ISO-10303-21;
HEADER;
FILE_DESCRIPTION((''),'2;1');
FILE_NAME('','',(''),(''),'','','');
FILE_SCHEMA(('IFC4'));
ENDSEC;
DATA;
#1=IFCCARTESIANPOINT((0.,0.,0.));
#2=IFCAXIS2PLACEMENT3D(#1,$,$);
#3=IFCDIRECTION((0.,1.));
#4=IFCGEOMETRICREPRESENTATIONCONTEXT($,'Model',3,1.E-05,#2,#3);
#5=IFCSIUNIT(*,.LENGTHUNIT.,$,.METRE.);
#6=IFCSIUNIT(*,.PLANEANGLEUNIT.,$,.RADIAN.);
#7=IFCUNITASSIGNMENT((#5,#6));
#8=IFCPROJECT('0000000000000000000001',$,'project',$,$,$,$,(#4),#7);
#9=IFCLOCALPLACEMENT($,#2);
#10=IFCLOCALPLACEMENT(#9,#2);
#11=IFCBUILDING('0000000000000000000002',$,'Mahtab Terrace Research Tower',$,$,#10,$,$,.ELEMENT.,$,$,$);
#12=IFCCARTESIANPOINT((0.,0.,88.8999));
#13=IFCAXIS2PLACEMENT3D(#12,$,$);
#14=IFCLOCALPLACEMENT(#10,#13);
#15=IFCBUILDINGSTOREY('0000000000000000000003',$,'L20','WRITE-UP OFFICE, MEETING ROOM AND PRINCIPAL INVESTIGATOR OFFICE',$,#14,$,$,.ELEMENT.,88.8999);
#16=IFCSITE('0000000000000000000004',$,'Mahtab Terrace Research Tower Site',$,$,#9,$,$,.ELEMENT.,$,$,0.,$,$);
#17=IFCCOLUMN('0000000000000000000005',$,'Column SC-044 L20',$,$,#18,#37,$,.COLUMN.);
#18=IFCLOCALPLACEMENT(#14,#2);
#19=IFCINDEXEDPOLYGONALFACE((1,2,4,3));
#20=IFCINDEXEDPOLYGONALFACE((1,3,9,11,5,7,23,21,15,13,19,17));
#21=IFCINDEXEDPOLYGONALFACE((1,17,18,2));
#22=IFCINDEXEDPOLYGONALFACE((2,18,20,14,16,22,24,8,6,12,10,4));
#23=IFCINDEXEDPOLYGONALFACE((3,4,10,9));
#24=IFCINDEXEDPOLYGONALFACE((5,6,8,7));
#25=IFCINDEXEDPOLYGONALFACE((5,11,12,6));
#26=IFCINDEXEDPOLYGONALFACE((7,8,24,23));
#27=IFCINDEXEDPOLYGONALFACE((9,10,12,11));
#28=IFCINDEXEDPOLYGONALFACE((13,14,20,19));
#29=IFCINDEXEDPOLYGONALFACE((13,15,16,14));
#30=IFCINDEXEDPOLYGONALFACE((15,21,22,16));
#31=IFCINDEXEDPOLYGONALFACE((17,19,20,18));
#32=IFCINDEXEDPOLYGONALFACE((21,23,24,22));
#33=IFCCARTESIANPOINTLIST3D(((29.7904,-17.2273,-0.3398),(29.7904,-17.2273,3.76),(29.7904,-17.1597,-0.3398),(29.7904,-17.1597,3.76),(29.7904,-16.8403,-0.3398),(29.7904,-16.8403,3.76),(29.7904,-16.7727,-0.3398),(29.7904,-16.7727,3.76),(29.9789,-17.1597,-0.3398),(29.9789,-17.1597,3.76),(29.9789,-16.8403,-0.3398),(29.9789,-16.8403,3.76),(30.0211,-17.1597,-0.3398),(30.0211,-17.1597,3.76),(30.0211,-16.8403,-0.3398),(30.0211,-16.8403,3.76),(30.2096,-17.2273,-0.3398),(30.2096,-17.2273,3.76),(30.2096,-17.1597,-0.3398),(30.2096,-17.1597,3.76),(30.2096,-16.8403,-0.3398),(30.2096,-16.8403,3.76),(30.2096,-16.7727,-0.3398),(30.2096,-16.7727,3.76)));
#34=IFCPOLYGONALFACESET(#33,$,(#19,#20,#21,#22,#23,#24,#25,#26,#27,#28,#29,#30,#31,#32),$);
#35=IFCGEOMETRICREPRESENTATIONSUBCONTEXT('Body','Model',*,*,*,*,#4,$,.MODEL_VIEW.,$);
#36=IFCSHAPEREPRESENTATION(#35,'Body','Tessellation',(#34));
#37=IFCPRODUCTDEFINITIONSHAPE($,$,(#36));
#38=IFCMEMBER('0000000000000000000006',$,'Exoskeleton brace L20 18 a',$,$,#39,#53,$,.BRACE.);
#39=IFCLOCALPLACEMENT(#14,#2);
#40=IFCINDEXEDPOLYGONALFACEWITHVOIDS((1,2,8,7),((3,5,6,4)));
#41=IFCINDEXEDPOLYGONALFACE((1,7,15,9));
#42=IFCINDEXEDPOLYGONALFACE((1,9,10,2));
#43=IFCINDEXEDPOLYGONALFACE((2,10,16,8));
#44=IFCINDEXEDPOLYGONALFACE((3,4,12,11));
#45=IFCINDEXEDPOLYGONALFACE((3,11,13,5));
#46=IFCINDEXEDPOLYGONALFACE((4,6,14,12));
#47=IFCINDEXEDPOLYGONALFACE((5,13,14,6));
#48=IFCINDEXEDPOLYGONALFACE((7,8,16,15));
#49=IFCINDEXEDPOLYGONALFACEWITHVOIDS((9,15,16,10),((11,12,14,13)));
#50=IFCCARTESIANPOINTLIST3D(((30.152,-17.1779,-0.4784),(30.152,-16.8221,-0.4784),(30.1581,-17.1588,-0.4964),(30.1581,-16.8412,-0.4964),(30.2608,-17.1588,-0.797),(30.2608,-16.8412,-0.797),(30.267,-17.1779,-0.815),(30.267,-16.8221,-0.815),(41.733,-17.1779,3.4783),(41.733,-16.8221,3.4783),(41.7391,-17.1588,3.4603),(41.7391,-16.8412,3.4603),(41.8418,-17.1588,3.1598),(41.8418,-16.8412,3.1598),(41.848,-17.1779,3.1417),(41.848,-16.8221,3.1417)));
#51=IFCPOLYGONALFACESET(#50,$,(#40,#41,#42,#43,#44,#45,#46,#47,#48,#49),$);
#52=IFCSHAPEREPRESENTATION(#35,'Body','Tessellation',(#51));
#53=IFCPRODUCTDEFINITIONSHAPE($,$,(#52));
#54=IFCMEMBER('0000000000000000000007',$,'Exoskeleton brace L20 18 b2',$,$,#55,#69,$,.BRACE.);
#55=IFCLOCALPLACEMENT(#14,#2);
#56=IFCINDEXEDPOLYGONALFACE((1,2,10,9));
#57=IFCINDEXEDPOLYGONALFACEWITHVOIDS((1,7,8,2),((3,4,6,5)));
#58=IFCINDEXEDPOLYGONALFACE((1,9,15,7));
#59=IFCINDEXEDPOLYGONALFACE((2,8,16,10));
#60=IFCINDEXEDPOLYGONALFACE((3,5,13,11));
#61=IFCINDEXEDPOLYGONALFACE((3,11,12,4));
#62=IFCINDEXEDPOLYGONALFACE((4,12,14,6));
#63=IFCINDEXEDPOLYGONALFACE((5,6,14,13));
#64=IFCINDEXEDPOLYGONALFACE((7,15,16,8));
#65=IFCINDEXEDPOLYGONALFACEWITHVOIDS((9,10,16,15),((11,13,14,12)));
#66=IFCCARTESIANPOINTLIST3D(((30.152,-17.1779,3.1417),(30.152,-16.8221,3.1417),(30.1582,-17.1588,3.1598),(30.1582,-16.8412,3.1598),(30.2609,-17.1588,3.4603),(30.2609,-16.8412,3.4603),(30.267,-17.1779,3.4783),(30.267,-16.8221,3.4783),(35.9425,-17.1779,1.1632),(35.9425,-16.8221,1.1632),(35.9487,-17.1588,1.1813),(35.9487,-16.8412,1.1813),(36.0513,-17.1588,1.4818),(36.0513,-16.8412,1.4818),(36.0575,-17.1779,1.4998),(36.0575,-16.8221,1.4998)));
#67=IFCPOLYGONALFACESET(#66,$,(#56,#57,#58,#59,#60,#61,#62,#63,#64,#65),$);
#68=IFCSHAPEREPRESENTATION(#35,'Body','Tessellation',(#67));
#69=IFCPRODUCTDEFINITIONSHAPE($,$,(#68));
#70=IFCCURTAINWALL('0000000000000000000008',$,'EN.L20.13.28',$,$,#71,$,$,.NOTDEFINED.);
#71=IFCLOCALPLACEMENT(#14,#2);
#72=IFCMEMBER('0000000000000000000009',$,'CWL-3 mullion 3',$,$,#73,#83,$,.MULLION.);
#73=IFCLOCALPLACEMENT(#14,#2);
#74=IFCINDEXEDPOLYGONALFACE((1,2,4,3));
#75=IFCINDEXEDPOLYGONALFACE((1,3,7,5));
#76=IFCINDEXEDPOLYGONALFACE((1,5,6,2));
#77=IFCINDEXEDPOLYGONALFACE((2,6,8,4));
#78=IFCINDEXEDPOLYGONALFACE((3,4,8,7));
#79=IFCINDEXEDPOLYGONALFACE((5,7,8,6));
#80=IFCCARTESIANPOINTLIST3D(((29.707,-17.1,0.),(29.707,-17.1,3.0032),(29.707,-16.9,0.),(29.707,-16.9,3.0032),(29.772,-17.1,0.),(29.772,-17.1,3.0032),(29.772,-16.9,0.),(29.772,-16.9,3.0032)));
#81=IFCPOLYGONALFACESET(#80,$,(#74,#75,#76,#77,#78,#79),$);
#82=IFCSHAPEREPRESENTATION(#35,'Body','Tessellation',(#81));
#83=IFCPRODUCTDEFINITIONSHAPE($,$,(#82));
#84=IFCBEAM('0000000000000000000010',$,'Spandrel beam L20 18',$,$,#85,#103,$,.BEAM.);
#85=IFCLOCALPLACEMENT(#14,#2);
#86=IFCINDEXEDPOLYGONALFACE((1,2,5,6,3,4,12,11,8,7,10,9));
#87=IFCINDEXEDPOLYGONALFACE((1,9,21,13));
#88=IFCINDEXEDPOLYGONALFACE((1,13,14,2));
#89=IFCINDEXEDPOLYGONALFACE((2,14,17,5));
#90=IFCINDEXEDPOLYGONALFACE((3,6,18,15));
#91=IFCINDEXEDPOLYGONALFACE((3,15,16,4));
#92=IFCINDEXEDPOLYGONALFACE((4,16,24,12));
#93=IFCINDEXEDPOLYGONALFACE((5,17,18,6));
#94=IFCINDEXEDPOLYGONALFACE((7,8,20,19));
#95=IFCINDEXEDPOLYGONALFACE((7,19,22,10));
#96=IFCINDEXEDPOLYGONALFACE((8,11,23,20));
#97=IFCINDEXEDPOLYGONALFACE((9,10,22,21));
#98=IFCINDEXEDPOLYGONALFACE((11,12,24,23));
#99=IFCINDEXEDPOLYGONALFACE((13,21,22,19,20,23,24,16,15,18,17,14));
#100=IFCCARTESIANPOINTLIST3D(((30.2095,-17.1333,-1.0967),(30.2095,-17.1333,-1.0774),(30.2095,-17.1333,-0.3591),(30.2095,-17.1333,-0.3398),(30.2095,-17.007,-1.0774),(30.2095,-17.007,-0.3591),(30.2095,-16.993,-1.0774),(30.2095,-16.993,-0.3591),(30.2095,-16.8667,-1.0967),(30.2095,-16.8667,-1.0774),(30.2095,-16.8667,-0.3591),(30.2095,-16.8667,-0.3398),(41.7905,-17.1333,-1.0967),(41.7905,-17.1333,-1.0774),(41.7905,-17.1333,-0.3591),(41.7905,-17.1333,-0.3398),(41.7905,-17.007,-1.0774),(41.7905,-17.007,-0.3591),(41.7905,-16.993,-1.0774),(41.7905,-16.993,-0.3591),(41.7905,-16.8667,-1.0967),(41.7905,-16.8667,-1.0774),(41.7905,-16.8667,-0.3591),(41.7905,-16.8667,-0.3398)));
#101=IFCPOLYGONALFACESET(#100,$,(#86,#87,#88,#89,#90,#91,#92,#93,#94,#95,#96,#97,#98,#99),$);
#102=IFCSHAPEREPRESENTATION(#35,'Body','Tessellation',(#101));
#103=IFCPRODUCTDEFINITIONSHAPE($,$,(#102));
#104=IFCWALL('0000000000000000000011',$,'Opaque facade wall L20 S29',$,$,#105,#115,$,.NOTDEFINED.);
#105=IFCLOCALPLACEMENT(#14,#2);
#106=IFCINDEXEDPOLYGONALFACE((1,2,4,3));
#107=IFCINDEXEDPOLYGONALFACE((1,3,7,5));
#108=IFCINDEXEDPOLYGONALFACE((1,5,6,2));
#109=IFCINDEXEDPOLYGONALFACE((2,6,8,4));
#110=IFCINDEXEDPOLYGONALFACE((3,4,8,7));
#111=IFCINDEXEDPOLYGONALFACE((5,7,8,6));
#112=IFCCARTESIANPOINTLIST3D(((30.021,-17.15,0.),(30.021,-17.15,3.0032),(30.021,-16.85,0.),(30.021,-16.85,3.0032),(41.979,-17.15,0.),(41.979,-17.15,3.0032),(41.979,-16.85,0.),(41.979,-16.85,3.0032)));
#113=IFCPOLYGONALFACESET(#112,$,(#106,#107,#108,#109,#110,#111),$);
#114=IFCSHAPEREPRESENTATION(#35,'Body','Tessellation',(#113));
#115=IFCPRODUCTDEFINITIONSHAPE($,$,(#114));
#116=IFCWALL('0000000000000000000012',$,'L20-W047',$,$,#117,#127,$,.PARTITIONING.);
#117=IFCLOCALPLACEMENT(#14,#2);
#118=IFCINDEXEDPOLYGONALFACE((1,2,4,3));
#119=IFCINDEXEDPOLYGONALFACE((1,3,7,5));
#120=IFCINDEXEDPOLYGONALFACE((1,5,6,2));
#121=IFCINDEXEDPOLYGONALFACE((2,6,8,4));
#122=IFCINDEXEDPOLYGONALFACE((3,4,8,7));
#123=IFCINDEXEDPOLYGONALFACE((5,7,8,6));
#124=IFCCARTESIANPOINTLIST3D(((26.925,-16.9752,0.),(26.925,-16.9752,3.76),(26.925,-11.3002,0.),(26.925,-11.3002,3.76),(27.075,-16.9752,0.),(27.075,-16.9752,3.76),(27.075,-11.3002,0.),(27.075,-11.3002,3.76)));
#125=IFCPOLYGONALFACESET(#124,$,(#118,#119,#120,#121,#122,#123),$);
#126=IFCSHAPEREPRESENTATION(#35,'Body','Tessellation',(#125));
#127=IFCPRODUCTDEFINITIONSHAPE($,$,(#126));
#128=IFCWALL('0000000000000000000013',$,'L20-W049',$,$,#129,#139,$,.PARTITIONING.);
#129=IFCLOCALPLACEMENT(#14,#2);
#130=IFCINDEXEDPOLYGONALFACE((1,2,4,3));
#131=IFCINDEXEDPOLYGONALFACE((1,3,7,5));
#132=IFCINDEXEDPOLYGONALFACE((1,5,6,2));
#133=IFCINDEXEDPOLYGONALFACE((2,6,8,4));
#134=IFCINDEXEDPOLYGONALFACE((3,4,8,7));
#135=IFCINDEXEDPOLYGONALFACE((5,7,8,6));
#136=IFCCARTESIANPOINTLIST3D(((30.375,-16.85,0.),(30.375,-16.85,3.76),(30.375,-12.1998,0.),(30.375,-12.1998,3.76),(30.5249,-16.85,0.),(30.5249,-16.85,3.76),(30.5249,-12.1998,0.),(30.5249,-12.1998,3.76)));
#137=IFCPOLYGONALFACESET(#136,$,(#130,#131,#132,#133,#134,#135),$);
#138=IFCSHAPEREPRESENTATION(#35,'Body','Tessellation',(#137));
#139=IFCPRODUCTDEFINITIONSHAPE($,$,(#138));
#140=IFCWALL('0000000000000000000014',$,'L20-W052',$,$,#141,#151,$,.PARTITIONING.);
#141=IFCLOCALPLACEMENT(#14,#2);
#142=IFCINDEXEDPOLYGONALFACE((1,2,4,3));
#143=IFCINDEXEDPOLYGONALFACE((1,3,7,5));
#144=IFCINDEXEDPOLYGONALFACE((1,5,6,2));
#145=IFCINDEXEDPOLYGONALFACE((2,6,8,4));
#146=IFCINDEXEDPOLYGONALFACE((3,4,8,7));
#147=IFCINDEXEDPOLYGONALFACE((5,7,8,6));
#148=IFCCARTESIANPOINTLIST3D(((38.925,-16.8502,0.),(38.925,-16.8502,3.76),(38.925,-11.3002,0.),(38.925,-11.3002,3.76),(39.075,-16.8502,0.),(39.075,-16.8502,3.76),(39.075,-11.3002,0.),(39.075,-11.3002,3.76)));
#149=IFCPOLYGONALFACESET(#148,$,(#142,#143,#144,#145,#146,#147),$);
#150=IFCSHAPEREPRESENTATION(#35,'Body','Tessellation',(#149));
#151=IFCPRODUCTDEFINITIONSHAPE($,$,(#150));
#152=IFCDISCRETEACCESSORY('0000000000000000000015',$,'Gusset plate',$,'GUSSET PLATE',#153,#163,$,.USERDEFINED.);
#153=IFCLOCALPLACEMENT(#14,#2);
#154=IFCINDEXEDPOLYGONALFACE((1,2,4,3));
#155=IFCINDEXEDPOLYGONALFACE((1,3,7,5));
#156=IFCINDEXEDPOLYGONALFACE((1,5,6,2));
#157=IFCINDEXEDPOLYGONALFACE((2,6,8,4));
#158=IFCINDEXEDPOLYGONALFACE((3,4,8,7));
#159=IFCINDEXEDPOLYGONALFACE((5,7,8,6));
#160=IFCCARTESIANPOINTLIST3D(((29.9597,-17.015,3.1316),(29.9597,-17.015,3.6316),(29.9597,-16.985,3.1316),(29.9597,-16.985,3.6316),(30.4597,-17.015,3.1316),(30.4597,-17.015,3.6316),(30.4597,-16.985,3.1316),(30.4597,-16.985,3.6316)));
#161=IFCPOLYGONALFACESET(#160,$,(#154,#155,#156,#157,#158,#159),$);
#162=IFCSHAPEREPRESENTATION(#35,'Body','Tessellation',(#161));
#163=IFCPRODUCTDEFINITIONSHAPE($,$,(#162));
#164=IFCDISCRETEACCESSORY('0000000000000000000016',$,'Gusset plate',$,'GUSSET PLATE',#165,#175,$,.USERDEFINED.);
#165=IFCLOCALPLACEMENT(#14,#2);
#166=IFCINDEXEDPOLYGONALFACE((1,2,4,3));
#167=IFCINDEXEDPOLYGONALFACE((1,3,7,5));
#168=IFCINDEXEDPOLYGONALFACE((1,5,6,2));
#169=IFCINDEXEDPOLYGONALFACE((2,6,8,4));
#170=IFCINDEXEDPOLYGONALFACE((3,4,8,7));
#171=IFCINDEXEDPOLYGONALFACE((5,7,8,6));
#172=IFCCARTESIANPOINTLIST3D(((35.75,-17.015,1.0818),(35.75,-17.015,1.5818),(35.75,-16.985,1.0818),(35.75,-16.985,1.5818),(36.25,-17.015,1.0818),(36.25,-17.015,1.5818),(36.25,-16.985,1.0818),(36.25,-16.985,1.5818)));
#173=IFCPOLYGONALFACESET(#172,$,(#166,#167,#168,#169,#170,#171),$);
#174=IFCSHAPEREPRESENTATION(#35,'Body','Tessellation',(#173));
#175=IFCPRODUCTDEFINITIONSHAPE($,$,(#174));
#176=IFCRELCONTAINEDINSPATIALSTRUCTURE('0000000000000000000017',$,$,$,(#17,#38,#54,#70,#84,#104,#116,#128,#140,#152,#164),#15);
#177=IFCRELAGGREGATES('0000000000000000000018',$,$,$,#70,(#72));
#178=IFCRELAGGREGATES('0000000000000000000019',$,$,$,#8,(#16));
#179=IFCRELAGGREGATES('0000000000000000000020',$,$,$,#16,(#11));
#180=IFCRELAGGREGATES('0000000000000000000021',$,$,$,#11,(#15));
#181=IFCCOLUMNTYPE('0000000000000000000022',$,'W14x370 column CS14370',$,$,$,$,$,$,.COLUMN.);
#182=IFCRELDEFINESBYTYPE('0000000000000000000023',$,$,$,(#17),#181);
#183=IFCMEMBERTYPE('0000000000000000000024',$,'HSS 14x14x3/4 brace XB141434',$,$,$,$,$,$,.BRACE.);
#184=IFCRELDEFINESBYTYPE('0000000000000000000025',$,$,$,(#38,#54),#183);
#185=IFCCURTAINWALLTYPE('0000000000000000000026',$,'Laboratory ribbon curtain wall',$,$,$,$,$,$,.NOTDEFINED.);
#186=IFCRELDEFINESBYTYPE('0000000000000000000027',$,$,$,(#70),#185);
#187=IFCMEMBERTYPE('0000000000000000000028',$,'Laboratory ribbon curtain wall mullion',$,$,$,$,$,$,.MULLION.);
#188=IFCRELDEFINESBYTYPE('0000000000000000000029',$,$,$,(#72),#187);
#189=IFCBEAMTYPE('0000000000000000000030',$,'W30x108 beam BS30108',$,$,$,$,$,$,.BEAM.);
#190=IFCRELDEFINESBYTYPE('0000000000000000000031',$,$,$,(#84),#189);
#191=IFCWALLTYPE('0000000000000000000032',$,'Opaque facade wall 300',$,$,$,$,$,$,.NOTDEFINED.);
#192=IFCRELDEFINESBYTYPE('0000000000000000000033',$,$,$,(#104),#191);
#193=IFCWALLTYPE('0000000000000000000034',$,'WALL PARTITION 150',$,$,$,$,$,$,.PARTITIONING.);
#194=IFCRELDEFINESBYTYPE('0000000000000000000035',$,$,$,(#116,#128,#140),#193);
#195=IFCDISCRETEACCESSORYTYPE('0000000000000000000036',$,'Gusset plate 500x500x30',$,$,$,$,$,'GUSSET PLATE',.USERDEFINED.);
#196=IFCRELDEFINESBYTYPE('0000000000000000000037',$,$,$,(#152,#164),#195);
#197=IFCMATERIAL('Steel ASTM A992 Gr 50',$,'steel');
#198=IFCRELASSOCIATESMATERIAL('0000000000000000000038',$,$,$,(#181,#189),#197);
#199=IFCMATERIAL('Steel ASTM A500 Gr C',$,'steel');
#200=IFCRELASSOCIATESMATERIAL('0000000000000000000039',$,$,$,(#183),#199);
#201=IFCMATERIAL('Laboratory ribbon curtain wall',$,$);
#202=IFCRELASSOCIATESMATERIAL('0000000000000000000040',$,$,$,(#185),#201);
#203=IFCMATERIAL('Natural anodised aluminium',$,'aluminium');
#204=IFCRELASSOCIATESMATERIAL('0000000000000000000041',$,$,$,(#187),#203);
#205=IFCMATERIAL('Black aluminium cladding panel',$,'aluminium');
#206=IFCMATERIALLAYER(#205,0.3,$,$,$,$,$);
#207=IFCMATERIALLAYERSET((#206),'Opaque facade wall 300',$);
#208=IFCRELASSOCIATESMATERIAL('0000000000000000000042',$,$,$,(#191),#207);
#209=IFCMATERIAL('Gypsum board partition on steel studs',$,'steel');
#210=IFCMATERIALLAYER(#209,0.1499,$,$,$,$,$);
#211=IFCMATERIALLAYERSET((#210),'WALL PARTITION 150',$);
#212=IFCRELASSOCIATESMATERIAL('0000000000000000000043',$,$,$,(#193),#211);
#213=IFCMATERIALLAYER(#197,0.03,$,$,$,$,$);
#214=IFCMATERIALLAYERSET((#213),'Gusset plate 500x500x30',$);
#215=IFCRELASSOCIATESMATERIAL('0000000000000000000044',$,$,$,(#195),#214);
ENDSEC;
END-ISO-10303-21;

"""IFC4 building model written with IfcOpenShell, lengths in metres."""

from ifc_helpers import new_model, si_unit, direction, frame, frame_2d, origin, origin_2d, place, context, subcontext, project, spatial, rectangle, hollow_rectangle, i_section, extrude, material, layer, layer_set, material_profile, profile_set, type_object, element, aggregate, save


model = new_model("IFC4")

# Units and contexts
model_context = context("Model", 3, precision=1e-05, world=origin(), true_north=direction((0.0, 1.0)))
body_context = subcontext(model_context, "Body", "Model", "MODEL_VIEW")
ifc_project = project(units=[si_unit("LENGTHUNIT", "METRE"), si_unit("PLANEANGLEUNIT", "RADIAN")], contexts=[model_context])

# Site, building, storey
site_placement = place(None, origin())
site = spatial("IfcSite", under=ifc_project, at=site_placement, Name="Mahtab Terrace Research Tower Site", CompositionType="ELEMENT", RefElevation=0.0)
building_placement = place(site_placement, origin())
building = spatial("IfcBuilding", under=site, at=building_placement, Name="Mahtab Terrace Research Tower", CompositionType="ELEMENT")
storey_placement = place(building_placement, frame((0.0, 0.0, 88.8999)))
storey = spatial("IfcBuildingStorey", under=building, at=storey_placement, Name="L20", Description="WRITE-UP OFFICE, MEETING ROOM AND PRINCIPAL INVESTIGATOR OFFICE", CompositionType="ELEMENT", Elevation=88.8999)

# Column
ifc_material_1 = material(Name="Steel ASTM A992 Gr 50", Category="steel")
ifc_material_profile_1 = material_profile(ifc_material_1, i_section(OverallWidth=0.4192, OverallDepth=0.4546, WebThickness=0.0422, FlangeThickness=0.0676, at=origin_2d()), Name="W14X370")
ifc_profile_set_1 = profile_set([ifc_material_profile_1], Name="Steel ASTM A992 Gr 50")
column_type = type_object("IfcColumnType", Name="W14x370 column CS14370", PredefinedType="COLUMN", material=ifc_profile_set_1)
column_placement = place(storey_placement, frame((30.0, -17.0, -0.3398), z_axis=(0.0, 0.0, 1.0), x_axis=(1.0, 0.0, 0.0)))
element("IfcColumn", 1, at=column_placement, inside=storey, type_object=column_type, Name="Column SC-044 L20", PredefinedType="COLUMN", context=body_context, shape_type="SweptSolid", body=[
    extrude(i_section(OverallWidth=0.4192, OverallDepth=0.4546, WebThickness=0.0422, FlangeThickness=0.0676, at=origin_2d()), origin(), (0.0, 0.0, 1.0), 4.0999),
])

# Members
ifc_material_2 = material(Name="Steel ASTM A500 Gr C", Category="steel")
ifc_material_profile_2 = material_profile(ifc_material_2, hollow_rectangle(XDim=0.3557, YDim=0.3557, WallThickness=0.019, at=origin_2d()), Name="HSS14X14X3/4")
ifc_profile_set_2 = profile_set([ifc_material_profile_2], Name="Steel ASTM A500 Gr C")
member_type_1 = type_object("IfcMemberType", Name="HSS 14x14x3/4 brace XB141434", PredefinedType="BRACE", material=ifc_profile_set_2)
member_1_placement = place(storey_placement, frame((30.2095, -17.0, -0.6467), z_axis=(0.946293, 0.0, 0.323311), x_axis=(0.0, 1.0, 0.0)))
element("IfcMember", 2, at=member_1_placement, inside=storey, type_object=member_type_1, Name="Exoskeleton brace L20 18 a", PredefinedType="BRACE", context=body_context, shape_type="SweptSolid", body=[
    extrude(hollow_rectangle(XDim=0.3557, YDim=0.3557, WallThickness=0.019, at=origin_2d()), origin(), (0.0, 0.0, 1.0), 12.2383),
])
member_2_placement = place(storey_placement, frame((36.0, -17.0, 1.3315), z_axis=(-0.946287, 0.0, 0.323329), x_axis=(0.0, -1.0, 0.0)))
element("IfcMember", 3, at=member_2_placement, inside=storey, type_object=member_type_1, Name="Exoskeleton brace L20 18 b2", PredefinedType="BRACE", context=body_context, shape_type="SweptSolid", body=[
    extrude(hollow_rectangle(XDim=0.3557, YDim=0.3557, WallThickness=0.019, at=origin_2d()), origin(), (0.0, 0.0, 1.0), 6.1191),
])

# Curtain wall, member
ifc_material_3 = material(Name="Laboratory ribbon curtain wall")
curtain_wall_type = type_object("IfcCurtainWallType", Name="Laboratory ribbon curtain wall", PredefinedType="NOTDEFINED", material=ifc_material_3)
curtain_wall_placement = place(storey_placement, origin())
curtain_wall = element("IfcCurtainWall", 4, at=curtain_wall_placement, inside=storey, type_object=curtain_wall_type, Name="EN.L20.13.28", PredefinedType="NOTDEFINED")
ifc_material_4 = material(Name="Natural anodised aluminium", Category="aluminium")
ifc_material_profile_3 = material_profile(ifc_material_4, rectangle(XDim=0.2, YDim=0.0649, at=origin_2d()), Name="MULLION 65x200")
ifc_profile_set_3 = profile_set([ifc_material_profile_3], Name="Natural anodised aluminium")
member_type_2 = type_object("IfcMemberType", Name="Laboratory ribbon curtain wall mullion", PredefinedType="MULLION", material=ifc_profile_set_3)
member_3_placement = place(storey_placement, frame((29.7395, -17.0, 0.0), z_axis=(0.0, 0.0, 1.0), x_axis=(0.0, 1.0, 0.0)))
member_3 = element("IfcMember", 5, at=member_3_placement, type_object=member_type_2, Name="CWL-3 mullion 3", PredefinedType="MULLION", context=body_context, shape_type="SweptSolid", body=[
    extrude(rectangle(XDim=0.2, YDim=0.0649, at=origin_2d()), origin(), (0.0, 0.0, 1.0), 3.0032),
])
aggregate(curtain_wall, [member_3])

# Beam
ifc_material_profile_4 = material_profile(ifc_material_1, i_section(OverallWidth=0.2666, OverallDepth=0.7568, WebThickness=0.0139, FlangeThickness=0.0193, at=origin_2d()), Name="W30X108")
ifc_profile_set_4 = profile_set([ifc_material_profile_4], Name="Steel ASTM A992 Gr 50")
beam_type = type_object("IfcBeamType", Name="W30x108 beam BS30108", PredefinedType="BEAM", material=ifc_profile_set_4)
beam_placement = place(storey_placement, frame((30.2095, -17.0, -0.7183), z_axis=(1.0, 0.0, 0.0), x_axis=(0.0, 1.0, 0.0)))
element("IfcBeam", 6, at=beam_placement, inside=storey, type_object=beam_type, Name="Spandrel beam L20 18", PredefinedType="BEAM", context=body_context, shape_type="SweptSolid", body=[
    extrude(i_section(OverallWidth=0.2666, OverallDepth=0.7568, WebThickness=0.0139, FlangeThickness=0.0193, at=origin_2d()), origin(), (0.0, 0.0, 1.0), 11.5811),
])

# Walls
ifc_material_5 = material(Name="Black aluminium cladding panel", Category="aluminium")
ifc_layer_1 = layer(ifc_material_5, 0.3)
ifc_layer_set_1 = layer_set([ifc_layer_1], Name="Opaque facade wall 300")
wall_type_1 = type_object("IfcWallType", Name="Opaque facade wall 300", PredefinedType="NOTDEFINED", material=ifc_layer_set_1)
wall_1_placement = place(storey_placement, frame((30.021, -17.0, 0.0), z_axis=(0.0, 0.0, 1.0), x_axis=(1.0, 0.0, 0.0)))
element("IfcWall", 7, at=wall_1_placement, inside=storey, type_object=wall_type_1, Name="Opaque facade wall L20 S29", PredefinedType="NOTDEFINED", context=body_context, shape_type="SweptSolid", body=[
    extrude(rectangle(XDim=11.958, YDim=0.3, at=frame_2d((5.979, 0.0))), origin(), (0.0, 0.0, 1.0), 3.0032),
])
ifc_material_6 = material(Name="Gypsum board partition on steel studs", Category="steel")
ifc_layer_2 = layer(ifc_material_6, 0.1499)
ifc_layer_set_2 = layer_set([ifc_layer_2], Name="WALL PARTITION 150")
wall_type_2 = type_object("IfcWallType", Name="WALL PARTITION 150", PredefinedType="PARTITIONING", material=ifc_layer_set_2)
wall_2_placement = place(storey_placement, frame((27.0, -16.9751, 0.0), z_axis=(0.0, 0.0, 1.0), x_axis=(0.0, 1.0, 0.0)))
element("IfcWall", 8, at=wall_2_placement, inside=storey, type_object=wall_type_2, Name="L20-W047", PredefinedType="PARTITIONING", context=body_context, shape_type="SweptSolid", body=[
    extrude(rectangle(XDim=5.675, YDim=0.1499, at=frame_2d((2.8374, 0.0))), origin(), (0.0, 0.0, 1.0), 3.76),
])
wall_3_placement = place(storey_placement, frame((30.45, -16.8501, 0.0), z_axis=(0.0, 0.0, 1.0), x_axis=(0.0, 1.0, 0.0)))
element("IfcWall", 9, at=wall_3_placement, inside=storey, type_object=wall_type_2, Name="L20-W049", PredefinedType="PARTITIONING", context=body_context, shape_type="SweptSolid", body=[
    extrude(rectangle(XDim=4.6501, YDim=0.1499, at=frame_2d((2.3252, 0.0))), origin(), (0.0, 0.0, 1.0), 3.76),
])
wall_4_placement = place(storey_placement, frame((39.0, -16.8501, 0.0), z_axis=(0.0, 0.0, 1.0), x_axis=(0.0, 1.0, 0.0)))
element("IfcWall", 10, at=wall_4_placement, inside=storey, type_object=wall_type_2, Name="L20-W052", PredefinedType="PARTITIONING", context=body_context, shape_type="SweptSolid", body=[
    extrude(rectangle(XDim=5.55, YDim=0.1499, at=frame_2d((2.7749, 0.0))), origin(), (0.0, 0.0, 1.0), 3.76),
])

# Discrete accessories
ifc_layer_3 = layer(ifc_material_1, 0.03)
ifc_layer_set_3 = layer_set([ifc_layer_3], Name="Gusset plate 500x500x30")
discrete_accessory_type = type_object("IfcDiscreteAccessoryType", Name="Gusset plate 500x500x30", ElementType="GUSSET PLATE", PredefinedType="USERDEFINED", material=ifc_layer_set_3)
for number, where, z_axis, x_axis, name in (
    (11, (30.2097, -17.0, 3.1316), (0.0, 0.0, 1.0), (1.0, 0.0, 0.0), "Gusset plate"),
    (12, (36.0, -17.0, 1.0818), (0.0, 0.0, 1.0), (1.0, 0.0, 0.0), "Gusset plate"),
):
    element("IfcDiscreteAccessory", number, at=place(storey_placement, frame(where, z_axis=z_axis, x_axis=x_axis)), inside=storey, type_object=discrete_accessory_type, Name=name, ObjectType="GUSSET PLATE", PredefinedType="USERDEFINED", context=body_context, shape_type="SweptSolid", body=[
        extrude(rectangle(XDim=0.5, YDim=0.03, at=origin_2d()), origin(), (0.0, 0.0, 1.0), 0.5),
    ])

save(model, "model.ifc")
